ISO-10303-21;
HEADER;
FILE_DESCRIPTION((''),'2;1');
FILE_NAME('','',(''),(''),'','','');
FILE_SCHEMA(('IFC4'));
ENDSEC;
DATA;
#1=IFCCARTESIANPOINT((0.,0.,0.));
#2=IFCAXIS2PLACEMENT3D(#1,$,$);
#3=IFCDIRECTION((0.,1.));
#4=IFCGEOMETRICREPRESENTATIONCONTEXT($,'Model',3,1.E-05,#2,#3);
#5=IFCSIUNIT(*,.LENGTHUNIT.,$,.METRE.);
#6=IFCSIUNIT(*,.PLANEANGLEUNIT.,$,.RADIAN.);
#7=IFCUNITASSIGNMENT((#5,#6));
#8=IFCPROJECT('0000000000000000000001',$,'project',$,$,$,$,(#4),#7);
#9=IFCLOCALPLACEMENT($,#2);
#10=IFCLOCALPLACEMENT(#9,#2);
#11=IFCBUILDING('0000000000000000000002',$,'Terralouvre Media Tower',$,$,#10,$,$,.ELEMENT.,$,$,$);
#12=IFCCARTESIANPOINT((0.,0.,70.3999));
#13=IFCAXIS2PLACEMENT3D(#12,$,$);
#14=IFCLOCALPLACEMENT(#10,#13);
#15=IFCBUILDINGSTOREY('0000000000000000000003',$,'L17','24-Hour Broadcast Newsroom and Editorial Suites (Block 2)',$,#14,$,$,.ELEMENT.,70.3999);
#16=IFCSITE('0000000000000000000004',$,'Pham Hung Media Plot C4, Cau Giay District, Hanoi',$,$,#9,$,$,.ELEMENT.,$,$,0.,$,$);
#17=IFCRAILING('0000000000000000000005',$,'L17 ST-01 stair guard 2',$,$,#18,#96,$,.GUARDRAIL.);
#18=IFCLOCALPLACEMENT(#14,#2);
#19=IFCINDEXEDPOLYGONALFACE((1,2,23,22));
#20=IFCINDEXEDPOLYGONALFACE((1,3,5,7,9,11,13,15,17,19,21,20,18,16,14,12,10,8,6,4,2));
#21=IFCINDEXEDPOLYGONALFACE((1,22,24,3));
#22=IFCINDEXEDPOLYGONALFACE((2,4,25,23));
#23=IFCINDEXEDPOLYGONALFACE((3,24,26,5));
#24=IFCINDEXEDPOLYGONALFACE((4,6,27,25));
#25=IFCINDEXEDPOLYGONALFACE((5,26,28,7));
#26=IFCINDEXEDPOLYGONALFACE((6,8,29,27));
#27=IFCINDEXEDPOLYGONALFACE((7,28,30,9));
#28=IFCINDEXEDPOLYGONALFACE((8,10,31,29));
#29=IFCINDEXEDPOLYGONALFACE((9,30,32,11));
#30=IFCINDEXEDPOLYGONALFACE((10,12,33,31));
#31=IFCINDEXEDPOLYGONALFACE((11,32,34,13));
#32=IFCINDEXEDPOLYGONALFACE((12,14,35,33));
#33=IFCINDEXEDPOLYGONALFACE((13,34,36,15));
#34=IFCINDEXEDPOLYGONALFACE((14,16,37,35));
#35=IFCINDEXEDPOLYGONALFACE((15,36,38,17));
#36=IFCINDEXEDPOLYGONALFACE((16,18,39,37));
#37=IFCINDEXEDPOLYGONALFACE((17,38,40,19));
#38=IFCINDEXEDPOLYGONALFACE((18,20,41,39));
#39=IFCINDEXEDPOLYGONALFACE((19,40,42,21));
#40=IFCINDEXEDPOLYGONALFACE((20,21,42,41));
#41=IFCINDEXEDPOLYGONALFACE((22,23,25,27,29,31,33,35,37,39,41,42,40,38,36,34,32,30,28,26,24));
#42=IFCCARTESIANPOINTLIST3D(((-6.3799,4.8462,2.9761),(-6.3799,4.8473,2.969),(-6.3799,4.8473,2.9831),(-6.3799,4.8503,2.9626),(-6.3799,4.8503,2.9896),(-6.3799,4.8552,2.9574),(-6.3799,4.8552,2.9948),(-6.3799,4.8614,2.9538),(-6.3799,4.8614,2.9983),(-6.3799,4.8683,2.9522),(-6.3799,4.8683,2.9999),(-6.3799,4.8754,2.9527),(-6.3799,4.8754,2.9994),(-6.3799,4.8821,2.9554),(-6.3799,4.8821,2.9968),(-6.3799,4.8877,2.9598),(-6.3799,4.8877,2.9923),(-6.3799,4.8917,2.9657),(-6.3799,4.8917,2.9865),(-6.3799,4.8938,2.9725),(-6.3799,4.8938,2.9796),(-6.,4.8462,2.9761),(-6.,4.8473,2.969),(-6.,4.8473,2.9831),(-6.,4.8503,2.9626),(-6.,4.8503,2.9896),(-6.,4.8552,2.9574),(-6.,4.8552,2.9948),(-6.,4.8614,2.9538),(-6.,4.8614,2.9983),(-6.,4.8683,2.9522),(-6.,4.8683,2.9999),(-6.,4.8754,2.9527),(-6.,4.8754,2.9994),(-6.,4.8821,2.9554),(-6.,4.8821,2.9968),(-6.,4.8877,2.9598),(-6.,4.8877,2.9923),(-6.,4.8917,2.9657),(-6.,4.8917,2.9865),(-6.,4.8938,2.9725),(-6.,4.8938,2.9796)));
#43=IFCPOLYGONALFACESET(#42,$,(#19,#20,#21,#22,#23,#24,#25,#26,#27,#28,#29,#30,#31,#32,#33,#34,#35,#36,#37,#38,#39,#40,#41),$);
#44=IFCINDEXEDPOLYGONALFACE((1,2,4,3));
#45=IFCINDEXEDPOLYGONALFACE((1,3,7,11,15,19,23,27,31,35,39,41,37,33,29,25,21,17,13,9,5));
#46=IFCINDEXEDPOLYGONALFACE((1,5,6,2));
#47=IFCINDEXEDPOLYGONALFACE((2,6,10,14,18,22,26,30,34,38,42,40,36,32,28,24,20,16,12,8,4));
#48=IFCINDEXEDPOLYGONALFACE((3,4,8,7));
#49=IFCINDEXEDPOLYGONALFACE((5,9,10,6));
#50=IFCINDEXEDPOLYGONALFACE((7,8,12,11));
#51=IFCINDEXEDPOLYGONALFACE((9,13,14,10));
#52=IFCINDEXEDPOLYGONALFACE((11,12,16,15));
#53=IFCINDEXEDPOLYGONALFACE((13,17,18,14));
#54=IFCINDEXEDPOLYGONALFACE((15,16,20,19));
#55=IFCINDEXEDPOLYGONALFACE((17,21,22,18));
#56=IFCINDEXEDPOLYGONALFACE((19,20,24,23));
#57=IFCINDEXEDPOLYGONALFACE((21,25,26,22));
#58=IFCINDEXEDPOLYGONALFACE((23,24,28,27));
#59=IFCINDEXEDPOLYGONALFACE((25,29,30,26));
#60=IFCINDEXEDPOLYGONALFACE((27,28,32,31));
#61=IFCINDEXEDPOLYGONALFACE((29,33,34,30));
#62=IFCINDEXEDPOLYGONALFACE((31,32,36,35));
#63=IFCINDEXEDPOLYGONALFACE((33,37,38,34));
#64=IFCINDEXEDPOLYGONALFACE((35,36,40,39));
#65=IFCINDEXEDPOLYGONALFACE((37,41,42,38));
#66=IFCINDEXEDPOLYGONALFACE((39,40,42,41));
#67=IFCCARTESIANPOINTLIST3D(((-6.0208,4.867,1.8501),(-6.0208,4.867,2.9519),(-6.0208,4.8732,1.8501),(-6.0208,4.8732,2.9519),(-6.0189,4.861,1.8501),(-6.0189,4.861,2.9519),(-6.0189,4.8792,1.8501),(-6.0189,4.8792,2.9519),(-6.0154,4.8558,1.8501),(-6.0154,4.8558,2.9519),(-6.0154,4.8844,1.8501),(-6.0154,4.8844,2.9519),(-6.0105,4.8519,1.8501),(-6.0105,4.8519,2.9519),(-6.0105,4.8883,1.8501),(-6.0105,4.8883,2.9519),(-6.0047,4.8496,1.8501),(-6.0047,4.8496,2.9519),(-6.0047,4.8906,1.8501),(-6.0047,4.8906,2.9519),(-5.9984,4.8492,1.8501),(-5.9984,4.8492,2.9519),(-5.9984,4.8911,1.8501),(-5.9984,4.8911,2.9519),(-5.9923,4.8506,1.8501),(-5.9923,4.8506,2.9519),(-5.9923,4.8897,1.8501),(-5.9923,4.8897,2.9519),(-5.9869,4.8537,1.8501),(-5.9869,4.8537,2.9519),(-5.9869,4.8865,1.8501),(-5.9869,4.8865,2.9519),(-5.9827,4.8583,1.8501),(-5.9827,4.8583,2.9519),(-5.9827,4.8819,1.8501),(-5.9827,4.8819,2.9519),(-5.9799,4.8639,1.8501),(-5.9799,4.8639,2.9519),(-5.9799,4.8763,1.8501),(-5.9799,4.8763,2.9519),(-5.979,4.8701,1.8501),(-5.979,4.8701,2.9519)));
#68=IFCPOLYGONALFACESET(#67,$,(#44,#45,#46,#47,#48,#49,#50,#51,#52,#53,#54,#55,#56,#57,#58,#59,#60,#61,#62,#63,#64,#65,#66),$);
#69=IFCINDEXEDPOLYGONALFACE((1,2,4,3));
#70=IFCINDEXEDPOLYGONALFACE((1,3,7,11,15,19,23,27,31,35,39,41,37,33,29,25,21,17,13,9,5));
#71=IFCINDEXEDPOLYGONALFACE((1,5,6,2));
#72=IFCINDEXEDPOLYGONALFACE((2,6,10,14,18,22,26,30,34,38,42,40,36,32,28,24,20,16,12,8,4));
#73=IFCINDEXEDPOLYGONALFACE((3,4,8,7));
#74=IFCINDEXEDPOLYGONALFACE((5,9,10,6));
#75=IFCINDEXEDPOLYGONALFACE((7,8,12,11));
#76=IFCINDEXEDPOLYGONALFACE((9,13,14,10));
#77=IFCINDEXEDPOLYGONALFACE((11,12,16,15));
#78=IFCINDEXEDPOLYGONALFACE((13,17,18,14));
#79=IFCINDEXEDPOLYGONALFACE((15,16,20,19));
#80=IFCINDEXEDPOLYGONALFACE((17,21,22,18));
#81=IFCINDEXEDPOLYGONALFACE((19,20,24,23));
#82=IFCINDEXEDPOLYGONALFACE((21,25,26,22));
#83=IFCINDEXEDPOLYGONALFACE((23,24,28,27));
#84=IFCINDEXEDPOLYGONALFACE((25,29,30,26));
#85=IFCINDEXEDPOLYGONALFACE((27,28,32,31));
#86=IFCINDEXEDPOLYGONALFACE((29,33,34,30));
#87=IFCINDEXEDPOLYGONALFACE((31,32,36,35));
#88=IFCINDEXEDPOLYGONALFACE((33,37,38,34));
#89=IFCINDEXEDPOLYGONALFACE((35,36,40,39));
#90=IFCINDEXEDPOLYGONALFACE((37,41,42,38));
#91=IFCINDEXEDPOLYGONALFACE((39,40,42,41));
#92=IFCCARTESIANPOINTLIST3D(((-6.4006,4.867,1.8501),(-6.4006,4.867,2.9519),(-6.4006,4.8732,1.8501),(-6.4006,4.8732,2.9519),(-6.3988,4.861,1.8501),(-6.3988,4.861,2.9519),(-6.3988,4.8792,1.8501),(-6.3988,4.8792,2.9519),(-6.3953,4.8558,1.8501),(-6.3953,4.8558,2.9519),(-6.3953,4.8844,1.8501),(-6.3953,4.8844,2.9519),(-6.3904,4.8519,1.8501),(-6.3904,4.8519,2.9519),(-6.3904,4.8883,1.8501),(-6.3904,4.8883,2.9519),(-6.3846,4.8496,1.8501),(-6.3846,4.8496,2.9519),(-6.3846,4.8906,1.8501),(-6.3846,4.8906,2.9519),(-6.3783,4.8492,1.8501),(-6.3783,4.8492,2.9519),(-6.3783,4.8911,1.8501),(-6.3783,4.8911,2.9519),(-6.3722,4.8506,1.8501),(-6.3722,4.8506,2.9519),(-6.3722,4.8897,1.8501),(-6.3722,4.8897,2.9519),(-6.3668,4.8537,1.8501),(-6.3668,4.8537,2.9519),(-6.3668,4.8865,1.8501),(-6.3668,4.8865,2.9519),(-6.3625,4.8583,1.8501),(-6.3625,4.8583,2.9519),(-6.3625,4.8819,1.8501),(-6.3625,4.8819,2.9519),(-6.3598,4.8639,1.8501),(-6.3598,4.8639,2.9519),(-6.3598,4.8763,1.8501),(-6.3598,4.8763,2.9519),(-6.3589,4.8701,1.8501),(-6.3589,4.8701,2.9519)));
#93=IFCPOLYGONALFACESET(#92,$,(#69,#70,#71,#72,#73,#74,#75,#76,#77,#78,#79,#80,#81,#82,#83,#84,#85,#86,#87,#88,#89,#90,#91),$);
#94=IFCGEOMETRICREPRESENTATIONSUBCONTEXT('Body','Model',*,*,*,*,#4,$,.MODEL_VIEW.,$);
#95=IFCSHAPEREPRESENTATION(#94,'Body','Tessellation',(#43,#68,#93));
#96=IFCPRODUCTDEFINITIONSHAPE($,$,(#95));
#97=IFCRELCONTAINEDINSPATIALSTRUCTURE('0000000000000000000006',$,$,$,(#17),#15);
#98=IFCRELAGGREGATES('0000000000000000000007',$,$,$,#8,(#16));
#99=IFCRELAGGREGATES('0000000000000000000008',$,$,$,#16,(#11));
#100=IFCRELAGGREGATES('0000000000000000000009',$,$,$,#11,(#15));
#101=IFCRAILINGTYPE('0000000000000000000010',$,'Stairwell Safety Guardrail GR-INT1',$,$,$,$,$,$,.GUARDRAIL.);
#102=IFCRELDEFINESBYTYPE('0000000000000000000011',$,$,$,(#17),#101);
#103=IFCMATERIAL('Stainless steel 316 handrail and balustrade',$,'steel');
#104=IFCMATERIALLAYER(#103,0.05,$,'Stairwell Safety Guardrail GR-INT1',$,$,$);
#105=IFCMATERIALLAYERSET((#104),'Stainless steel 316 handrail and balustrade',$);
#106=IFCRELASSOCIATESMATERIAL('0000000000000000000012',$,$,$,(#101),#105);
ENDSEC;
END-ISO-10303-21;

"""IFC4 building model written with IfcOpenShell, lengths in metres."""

from ifc_helpers import new_model, si_unit, direction, frame, origin, origin_2d, place, context, subcontext, project, spatial, circle, extrude, material, layer, layer_set, type_object, element, save


model = new_model("IFC4")

# Units and contexts
model_context = context("Model", 3, precision=1e-05, world=origin(), true_north=direction((0.0, 1.0)))
body_context = subcontext(model_context, "Body", "Model", "MODEL_VIEW")
ifc_project = project(units=[si_unit("LENGTHUNIT", "METRE"), si_unit("PLANEANGLEUNIT", "RADIAN")], contexts=[model_context])

# Site, building, storey
site_placement = place(None, origin())
site = spatial("IfcSite", under=ifc_project, at=site_placement, Name="Pham Hung Media Plot C4, Cau Giay District, Hanoi", CompositionType="ELEMENT", RefElevation=0.0)
building_placement = place(site_placement, origin())
building = spatial("IfcBuilding", under=site, at=building_placement, Name="Terralouvre Media Tower", CompositionType="ELEMENT")
storey_placement = place(building_placement, frame((0.0, 0.0, 70.3999)))
storey = spatial("IfcBuildingStorey", under=building, at=storey_placement, Name="L17", Description="24-Hour Broadcast Newsroom and Editorial Suites (Block 2)", CompositionType="ELEMENT", Elevation=70.3999)

# Railing
ifc_material_1 = material(Name="Stainless steel 316 handrail and balustrade", Category="steel")
ifc_layer_1 = layer(ifc_material_1, 0.05, Name="Stairwell Safety Guardrail GR-INT1")
ifc_layer_set_1 = layer_set([ifc_layer_1], Name="Stainless steel 316 handrail and balustrade")
railing_type_1 = type_object("IfcRailingType", Name="Stairwell Safety Guardrail GR-INT1", PredefinedType="GUARDRAIL", material=ifc_layer_set_1)
railing_1_placement = place(storey_placement, frame((-6.0, 4.8701, 1.8501)))
element("IfcRailing", 1, at=railing_1_placement, inside=storey, type_object=railing_type_1, Name="L17 ST-01 stair guard 2", PredefinedType="GUARDRAIL", context=body_context, shape_type="SweptSolid", body=[
    extrude(circle(Radius=0.0239, at=origin_2d()), frame((0.0, 0.0, 1.126), z_axis=(-1.0, 0.0, 0.0), x_axis=(0.0, -1.0, 0.0)), (0.0, 0.0, 1.0), 0.3799),
    extrude(circle(Radius=0.021, at=origin_2d()), origin(), (0.0, 0.0, 1.0), 1.1018),
    extrude(circle(Radius=0.021, at=origin_2d()), frame((-0.3799, 0.0, 0.0)), (0.0, 0.0, 1.0), 1.1018),
])

save(model, "model.ifc")
